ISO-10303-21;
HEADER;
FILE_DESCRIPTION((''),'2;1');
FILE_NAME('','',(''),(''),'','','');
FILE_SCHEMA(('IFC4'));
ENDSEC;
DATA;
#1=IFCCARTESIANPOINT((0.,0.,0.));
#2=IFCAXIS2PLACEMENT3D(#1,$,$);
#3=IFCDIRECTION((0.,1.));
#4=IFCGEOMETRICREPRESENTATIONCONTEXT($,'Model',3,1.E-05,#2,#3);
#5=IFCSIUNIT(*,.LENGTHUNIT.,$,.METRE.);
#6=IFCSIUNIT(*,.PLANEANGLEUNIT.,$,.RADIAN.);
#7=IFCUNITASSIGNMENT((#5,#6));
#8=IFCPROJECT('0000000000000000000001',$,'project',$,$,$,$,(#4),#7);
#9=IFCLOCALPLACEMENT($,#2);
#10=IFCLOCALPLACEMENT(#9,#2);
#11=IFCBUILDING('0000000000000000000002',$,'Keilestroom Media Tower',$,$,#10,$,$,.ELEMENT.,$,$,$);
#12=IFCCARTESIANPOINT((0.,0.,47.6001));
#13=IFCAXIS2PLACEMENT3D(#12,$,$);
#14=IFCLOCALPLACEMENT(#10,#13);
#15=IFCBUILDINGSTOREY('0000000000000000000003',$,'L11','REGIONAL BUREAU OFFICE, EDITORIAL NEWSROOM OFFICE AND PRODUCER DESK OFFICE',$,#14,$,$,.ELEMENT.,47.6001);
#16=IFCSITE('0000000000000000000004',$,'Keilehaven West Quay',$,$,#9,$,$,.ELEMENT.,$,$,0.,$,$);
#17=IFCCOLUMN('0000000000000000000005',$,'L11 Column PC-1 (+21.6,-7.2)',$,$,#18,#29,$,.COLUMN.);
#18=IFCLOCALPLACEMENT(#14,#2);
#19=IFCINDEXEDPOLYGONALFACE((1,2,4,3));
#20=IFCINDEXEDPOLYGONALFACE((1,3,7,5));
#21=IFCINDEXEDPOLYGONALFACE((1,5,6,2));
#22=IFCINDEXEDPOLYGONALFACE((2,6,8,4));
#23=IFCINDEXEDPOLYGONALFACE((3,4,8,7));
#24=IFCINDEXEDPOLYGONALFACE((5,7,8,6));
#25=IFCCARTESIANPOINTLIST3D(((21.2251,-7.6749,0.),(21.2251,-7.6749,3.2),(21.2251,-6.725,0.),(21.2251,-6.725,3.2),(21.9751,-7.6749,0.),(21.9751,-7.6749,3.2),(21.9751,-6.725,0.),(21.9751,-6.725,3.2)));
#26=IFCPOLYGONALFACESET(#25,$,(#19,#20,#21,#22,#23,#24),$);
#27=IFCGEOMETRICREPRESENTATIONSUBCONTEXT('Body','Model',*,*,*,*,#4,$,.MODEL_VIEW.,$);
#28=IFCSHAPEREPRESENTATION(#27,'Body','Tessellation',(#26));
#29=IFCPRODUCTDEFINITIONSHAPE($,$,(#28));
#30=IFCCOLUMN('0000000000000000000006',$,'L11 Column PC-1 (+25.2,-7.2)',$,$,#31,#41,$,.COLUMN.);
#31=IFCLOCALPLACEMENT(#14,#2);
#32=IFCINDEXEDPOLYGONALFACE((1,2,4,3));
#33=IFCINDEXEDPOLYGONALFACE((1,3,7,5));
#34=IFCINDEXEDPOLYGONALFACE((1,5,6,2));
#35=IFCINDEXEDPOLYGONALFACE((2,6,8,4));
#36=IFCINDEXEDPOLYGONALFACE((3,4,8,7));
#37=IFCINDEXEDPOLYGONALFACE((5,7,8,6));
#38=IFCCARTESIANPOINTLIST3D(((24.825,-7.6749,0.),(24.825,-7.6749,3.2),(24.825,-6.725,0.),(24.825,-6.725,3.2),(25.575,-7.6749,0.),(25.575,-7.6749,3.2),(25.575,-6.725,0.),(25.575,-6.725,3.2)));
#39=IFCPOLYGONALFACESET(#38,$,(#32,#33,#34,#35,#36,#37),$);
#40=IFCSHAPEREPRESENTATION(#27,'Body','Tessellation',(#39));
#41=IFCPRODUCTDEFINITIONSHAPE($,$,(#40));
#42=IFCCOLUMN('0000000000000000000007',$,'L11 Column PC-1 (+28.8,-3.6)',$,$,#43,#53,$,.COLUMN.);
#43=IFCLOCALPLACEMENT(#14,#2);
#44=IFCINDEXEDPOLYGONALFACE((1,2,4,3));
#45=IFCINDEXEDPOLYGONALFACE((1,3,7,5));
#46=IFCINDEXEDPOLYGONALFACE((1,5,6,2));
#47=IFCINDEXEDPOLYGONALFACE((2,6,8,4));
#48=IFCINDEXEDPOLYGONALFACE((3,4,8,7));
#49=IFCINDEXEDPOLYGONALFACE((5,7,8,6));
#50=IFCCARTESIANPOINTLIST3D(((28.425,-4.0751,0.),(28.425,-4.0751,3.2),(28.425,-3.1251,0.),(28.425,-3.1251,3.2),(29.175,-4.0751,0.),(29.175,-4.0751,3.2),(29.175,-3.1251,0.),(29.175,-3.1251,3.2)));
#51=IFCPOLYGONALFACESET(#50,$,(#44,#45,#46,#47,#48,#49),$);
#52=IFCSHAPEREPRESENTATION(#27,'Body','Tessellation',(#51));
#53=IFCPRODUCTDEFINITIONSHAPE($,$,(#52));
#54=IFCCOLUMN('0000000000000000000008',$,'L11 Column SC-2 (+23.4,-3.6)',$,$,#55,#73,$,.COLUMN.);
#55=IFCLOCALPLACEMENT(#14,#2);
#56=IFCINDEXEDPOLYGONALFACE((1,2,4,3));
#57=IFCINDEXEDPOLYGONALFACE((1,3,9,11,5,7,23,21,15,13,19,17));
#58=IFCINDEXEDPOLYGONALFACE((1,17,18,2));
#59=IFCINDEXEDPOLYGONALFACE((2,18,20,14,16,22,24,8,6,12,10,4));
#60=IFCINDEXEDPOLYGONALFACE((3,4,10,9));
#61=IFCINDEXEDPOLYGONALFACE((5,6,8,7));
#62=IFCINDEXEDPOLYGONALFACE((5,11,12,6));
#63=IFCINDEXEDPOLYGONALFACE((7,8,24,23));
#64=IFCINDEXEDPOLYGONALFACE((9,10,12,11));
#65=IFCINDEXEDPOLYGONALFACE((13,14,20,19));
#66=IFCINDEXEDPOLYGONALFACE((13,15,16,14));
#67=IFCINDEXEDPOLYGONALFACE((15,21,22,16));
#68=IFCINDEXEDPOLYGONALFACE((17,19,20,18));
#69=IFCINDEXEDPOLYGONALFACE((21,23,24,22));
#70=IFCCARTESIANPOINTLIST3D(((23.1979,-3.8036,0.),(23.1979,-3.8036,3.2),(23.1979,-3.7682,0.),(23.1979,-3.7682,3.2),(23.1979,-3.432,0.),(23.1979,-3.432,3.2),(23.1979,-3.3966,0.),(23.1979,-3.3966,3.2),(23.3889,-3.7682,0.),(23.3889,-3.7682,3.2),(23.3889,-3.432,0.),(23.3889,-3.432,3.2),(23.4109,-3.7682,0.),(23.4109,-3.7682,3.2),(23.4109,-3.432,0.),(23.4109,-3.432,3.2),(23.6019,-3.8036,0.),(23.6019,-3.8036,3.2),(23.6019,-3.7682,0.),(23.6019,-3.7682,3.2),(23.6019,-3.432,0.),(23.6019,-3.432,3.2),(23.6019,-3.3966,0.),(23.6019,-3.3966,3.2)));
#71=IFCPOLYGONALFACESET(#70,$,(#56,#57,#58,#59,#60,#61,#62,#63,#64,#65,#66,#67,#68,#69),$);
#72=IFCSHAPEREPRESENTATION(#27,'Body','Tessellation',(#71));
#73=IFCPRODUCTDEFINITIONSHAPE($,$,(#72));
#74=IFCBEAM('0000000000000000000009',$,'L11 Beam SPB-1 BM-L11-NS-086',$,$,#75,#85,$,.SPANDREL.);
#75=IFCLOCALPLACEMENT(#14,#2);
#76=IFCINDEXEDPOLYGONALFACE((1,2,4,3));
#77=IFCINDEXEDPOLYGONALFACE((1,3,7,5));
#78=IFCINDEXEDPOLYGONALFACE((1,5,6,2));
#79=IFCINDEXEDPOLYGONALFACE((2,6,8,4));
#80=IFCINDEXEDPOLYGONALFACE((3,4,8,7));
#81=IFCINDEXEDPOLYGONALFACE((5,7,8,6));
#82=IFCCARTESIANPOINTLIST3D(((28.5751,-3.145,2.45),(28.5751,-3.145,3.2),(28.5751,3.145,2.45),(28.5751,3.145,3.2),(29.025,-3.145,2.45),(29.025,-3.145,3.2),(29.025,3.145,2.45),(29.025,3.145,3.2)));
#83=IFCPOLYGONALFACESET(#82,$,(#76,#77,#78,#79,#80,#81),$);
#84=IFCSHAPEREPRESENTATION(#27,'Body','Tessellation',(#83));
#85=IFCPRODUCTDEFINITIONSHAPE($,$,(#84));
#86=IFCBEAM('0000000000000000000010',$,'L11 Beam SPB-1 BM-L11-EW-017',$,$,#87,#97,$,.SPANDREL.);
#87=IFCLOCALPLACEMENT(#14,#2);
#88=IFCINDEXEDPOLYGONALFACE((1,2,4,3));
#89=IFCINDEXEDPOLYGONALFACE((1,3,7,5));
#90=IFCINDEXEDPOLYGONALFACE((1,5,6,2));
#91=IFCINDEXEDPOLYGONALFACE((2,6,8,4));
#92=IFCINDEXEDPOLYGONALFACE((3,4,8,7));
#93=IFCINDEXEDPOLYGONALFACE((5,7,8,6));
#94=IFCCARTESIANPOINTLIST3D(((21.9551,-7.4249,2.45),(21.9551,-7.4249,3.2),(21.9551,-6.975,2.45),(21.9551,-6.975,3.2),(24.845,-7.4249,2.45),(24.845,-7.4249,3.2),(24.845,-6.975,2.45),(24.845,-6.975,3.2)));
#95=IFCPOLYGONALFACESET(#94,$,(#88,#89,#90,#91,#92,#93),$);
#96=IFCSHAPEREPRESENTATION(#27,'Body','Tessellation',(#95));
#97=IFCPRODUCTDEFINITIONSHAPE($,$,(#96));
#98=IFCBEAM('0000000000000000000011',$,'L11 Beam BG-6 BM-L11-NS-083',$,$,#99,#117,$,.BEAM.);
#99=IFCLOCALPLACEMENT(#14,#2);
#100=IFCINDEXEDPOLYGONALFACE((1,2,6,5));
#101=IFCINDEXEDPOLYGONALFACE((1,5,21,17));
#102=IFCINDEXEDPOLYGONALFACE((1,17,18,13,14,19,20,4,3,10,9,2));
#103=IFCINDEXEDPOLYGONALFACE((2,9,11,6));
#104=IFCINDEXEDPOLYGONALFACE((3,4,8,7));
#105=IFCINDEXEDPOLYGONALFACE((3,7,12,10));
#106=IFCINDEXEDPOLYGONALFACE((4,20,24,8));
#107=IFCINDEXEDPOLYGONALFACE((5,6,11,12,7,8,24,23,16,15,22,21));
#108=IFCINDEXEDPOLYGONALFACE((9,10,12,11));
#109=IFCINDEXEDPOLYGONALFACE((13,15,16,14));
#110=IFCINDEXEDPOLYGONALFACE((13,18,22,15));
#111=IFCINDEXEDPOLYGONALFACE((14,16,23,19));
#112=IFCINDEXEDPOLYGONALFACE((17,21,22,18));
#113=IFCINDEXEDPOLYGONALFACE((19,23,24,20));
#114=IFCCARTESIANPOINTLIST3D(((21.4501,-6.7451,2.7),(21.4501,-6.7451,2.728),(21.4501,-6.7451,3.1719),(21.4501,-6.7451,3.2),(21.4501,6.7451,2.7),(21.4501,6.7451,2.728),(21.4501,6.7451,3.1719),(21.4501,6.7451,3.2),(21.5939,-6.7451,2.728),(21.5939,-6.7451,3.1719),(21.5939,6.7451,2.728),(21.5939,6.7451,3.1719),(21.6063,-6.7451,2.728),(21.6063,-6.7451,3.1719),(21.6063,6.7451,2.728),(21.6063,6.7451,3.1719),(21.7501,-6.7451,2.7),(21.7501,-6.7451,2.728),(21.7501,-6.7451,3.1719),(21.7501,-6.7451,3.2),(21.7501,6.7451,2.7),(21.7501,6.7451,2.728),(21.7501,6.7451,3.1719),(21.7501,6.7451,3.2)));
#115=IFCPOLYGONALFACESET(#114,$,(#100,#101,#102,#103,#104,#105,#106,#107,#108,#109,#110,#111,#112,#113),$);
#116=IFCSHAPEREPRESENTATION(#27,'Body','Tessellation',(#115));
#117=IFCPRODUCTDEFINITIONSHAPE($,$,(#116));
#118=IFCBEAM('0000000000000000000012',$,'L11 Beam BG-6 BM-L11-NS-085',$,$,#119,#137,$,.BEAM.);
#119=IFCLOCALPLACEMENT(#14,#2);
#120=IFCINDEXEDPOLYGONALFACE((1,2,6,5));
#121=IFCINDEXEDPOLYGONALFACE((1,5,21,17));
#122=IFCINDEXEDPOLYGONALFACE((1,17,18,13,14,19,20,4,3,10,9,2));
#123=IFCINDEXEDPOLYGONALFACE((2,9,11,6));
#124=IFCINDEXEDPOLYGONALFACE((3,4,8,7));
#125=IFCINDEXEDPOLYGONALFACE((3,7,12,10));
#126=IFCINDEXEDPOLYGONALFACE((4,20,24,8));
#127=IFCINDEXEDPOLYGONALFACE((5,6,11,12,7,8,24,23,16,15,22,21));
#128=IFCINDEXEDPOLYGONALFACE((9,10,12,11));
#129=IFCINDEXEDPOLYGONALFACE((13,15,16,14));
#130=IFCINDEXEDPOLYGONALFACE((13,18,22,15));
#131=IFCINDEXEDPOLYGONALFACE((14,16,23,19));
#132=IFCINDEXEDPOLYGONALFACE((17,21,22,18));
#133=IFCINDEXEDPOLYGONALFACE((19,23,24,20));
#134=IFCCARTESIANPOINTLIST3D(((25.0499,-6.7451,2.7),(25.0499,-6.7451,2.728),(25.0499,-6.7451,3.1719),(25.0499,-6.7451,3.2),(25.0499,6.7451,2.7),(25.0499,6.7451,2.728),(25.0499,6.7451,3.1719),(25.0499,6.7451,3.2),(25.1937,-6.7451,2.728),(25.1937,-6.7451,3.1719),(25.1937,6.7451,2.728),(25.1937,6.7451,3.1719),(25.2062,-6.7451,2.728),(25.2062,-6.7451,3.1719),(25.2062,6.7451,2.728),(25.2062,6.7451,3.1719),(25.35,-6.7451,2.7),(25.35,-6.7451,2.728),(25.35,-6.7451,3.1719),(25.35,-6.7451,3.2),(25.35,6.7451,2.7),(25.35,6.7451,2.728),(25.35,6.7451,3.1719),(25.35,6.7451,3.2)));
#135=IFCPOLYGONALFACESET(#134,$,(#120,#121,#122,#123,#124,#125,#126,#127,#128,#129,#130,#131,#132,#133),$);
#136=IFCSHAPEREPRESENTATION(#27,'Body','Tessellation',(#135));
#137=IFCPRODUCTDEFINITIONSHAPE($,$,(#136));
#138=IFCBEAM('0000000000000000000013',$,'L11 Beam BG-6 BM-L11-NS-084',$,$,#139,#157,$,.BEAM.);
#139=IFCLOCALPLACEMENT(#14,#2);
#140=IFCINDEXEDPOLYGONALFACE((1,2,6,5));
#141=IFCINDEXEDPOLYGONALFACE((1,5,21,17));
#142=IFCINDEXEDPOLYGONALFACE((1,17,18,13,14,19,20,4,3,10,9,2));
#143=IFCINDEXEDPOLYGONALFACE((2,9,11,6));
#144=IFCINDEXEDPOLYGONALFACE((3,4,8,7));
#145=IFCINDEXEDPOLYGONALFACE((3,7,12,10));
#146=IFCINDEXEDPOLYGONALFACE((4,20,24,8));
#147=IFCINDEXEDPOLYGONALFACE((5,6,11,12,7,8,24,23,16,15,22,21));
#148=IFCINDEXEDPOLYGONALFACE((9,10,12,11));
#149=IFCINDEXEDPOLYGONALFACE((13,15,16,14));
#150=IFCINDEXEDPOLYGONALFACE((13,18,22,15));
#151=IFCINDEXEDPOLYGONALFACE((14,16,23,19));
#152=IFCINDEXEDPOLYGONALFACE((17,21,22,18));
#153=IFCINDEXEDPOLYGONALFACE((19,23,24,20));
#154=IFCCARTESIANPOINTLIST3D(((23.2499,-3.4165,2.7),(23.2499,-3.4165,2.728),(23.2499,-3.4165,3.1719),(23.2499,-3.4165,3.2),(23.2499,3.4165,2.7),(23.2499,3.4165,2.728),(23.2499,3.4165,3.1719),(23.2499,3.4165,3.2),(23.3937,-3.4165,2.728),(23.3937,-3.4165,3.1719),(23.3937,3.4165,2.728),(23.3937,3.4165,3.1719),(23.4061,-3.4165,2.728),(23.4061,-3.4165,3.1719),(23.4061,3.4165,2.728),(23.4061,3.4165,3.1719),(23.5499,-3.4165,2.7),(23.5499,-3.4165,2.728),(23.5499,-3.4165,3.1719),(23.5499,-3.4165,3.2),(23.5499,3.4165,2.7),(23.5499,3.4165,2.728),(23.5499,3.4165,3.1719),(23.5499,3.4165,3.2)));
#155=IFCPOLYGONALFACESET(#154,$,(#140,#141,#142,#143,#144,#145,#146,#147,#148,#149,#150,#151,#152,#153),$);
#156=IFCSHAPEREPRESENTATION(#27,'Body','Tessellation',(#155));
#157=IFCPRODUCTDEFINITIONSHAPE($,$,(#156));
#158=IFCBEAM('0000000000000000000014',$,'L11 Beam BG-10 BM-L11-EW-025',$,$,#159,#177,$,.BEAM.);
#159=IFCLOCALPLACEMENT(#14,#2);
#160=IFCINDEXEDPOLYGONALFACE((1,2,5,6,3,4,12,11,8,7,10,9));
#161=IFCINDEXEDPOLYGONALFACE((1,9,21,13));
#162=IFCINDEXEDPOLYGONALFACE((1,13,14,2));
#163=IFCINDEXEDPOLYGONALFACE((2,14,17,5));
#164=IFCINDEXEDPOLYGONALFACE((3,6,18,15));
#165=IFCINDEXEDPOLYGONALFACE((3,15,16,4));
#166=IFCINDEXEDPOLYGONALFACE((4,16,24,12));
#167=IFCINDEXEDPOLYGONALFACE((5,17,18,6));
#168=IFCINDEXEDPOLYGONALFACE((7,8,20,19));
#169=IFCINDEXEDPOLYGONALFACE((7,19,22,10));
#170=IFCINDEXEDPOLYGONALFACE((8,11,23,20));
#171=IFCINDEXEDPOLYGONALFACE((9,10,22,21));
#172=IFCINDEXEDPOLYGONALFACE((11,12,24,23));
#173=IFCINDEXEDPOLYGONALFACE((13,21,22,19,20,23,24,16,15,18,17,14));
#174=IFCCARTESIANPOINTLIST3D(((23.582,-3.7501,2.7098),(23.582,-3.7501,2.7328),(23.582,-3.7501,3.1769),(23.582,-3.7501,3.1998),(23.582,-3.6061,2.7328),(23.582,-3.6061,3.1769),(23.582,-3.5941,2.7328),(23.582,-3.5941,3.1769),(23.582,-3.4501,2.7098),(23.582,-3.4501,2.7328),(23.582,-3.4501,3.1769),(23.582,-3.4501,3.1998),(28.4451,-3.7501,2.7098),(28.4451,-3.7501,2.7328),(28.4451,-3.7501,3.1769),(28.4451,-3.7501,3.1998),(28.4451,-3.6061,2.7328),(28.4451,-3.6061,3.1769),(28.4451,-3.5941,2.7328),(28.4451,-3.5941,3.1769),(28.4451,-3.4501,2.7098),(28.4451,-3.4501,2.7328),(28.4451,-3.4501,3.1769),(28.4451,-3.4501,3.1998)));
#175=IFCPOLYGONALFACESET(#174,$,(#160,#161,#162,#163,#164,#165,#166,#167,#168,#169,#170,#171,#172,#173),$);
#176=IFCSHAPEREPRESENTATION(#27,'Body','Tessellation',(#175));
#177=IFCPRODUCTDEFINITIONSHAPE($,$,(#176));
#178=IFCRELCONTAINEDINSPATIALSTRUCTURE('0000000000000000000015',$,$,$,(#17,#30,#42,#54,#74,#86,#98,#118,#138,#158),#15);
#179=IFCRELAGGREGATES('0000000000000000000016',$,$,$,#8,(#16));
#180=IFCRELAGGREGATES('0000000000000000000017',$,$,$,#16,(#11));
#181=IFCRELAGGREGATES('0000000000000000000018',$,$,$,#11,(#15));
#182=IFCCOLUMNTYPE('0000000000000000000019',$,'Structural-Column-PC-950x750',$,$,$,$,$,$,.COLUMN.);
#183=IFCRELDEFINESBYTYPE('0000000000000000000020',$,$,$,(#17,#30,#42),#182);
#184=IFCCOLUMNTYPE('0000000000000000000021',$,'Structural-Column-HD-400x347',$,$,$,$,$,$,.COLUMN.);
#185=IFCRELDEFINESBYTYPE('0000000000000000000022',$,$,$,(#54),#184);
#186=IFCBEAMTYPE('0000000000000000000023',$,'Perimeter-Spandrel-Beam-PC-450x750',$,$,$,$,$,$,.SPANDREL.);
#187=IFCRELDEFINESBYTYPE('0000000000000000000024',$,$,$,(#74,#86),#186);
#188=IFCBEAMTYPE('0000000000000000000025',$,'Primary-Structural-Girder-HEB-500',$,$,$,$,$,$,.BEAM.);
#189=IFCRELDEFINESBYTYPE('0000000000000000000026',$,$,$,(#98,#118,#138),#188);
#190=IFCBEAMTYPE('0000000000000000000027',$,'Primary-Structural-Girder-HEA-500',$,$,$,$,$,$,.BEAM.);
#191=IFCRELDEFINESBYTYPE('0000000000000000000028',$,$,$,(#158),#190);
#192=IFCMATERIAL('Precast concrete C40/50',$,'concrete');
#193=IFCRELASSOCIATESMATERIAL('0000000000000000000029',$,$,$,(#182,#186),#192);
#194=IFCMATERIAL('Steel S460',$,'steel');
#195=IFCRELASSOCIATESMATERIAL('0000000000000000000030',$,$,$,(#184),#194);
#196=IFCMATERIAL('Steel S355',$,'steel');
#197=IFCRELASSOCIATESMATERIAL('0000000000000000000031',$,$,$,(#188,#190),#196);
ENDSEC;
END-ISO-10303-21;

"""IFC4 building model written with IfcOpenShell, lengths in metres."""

from ifc_helpers import new_model, si_unit, direction, frame, origin, origin_2d, place, context, subcontext, project, spatial, rectangle, i_section, extrude, source, transform, mapped, material, material_profile, profile_set, type_object, element, save


model = new_model("IFC4")

# Units and contexts
model_context = context("Model", 3, precision=1e-05, world=origin(), true_north=direction((0.0, 1.0)))
body_context = subcontext(model_context, "Body", "Model", "MODEL_VIEW")
ifc_project = project(units=[si_unit("LENGTHUNIT", "METRE"), si_unit("PLANEANGLEUNIT", "RADIAN")], contexts=[model_context])

# Site, building, storey
site_placement = place(None, origin())
site = spatial("IfcSite", under=ifc_project, at=site_placement, Name="Keilehaven West Quay", CompositionType="ELEMENT", RefElevation=0.0)
building_placement = place(site_placement, origin())
building = spatial("IfcBuilding", under=site, at=building_placement, Name="Keilestroom Media Tower", CompositionType="ELEMENT")
storey_placement = place(building_placement, frame((0.0, 0.0, 47.6001)))
storey = spatial("IfcBuildingStorey", under=building, at=storey_placement, Name="L11", Description="REGIONAL BUREAU OFFICE, EDITORIAL NEWSROOM OFFICE AND PRODUCER DESK OFFICE", CompositionType="ELEMENT", Elevation=47.6001)

# Columns
ifc_material_1 = material(Name="Precast concrete C40/50", Category="concrete")
ifc_material_profile_1 = material_profile(ifc_material_1, rectangle(XDim=0.75, YDim=0.95, at=origin_2d()), Name="PC 950x750")
ifc_profile_set_1 = profile_set([ifc_material_profile_1], Name="Precast concrete C40/50")
column_type_1 = type_object("IfcColumnType", Name="Structural-Column-PC-950x750", PredefinedType="COLUMN", material=ifc_profile_set_1)
shared_shape_1 = source(origin(), body_context, "Body", "SweptSolid", [
    extrude(rectangle(XDim=0.75, YDim=0.95, at=origin_2d()), origin(), (0.0, 0.0, 1.0), 3.2),
])
for number, where, z_axis, x_axis, name in (
    (1, (21.6001, -7.2, 0.0), (0.0, 0.0, 1.0), (1.0, 0.0, 0.0), "L11 Column PC-1 (+21.6,-7.2)"),
    (2, (25.2, -7.2, 0.0), (0.0, 0.0, 1.0), (1.0, 0.0, 0.0), "L11 Column PC-1 (+25.2,-7.2)"),
    (3, (28.8, -3.6001, 0.0), (0.0, 0.0, 1.0), (1.0, 0.0, 0.0), "L11 Column PC-1 (+28.8,-3.6)"),
):
    element("IfcColumn", number, at=place(storey_placement, frame(where, z_axis=z_axis, x_axis=x_axis)), inside=storey, type_object=column_type_1, Name=name, PredefinedType="COLUMN", context=body_context, shape_type="MappedRepresentation", body=[
        mapped(shared_shape_1, transform((0.0, 0.0, 0.0), x_axis=(1.0, 0.0, 0.0), y_axis=(0.0, 1.0, 0.0), z_axis=(0.0, 0.0, 1.0), scale=1.0)),
    ])
ifc_material_2 = material(Name="Steel S460", Category="steel")
ifc_material_profile_2 = material_profile(ifc_material_2, i_section(OverallWidth=0.4041, OverallDepth=0.407, WebThickness=0.022, FlangeThickness=0.0354, at=origin_2d()), Name="HD 400x347")
ifc_profile_set_2 = profile_set([ifc_material_profile_2], Name="Steel S460")
column_type_2 = type_object("IfcColumnType", Name="Structural-Column-HD-400x347", PredefinedType="COLUMN", material=ifc_profile_set_2)
shared_shape_2 = source(origin(), body_context, "Body", "SweptSolid", [
    extrude(i_section(OverallWidth=0.4041, OverallDepth=0.407, WebThickness=0.022, FlangeThickness=0.0354, at=origin_2d()), origin(), (0.0, 0.0, 1.0), 3.2),
])
column_placement = place(storey_placement, frame((23.3999, -3.6001, 0.0), z_axis=(0.0, 0.0, 1.0), x_axis=(1.0, 0.0, 0.0)))
element("IfcColumn", 4, at=column_placement, inside=storey, type_object=column_type_2, Name="L11 Column SC-2 (+23.4,-3.6)", PredefinedType="COLUMN", context=body_context, shape_type="MappedRepresentation", body=[
    mapped(shared_shape_2, transform((0.0, 0.0, 0.0), x_axis=(1.0, 0.0, 0.0), y_axis=(0.0, 1.0, 0.0), z_axis=(0.0, 0.0, 1.0), scale=1.0)),
])

# Beams
ifc_material_profile_3 = material_profile(ifc_material_1, rectangle(XDim=0.45, YDim=0.75, at=origin_2d()), Name="PC 450x750")
ifc_profile_set_3 = profile_set([ifc_material_profile_3], Name="Precast concrete C40/50")
beam_type_1 = type_object("IfcBeamType", Name="Perimeter-Spandrel-Beam-PC-450x750", PredefinedType="SPANDREL", material=ifc_profile_set_3)
shared_shape_3 = source(origin(), body_context, "Body", "SweptSolid", [
    extrude(rectangle(XDim=0.45, YDim=0.75, at=origin_2d()), origin(), (0.0, 0.0, 1.0), 6.29),
])
beam_1_placement = place(storey_placement, frame((28.8, -3.145, 2.825), z_axis=(0.0, 1.0, 0.0), x_axis=(-1.0, 0.0, 0.0)))
element("IfcBeam", 5, at=beam_1_placement, inside=storey, type_object=beam_type_1, Name="L11 Beam SPB-1 BM-L11-NS-086", PredefinedType="SPANDREL", context=body_context, shape_type="MappedRepresentation", body=[
    mapped(shared_shape_3, transform((0.0, 0.0, 0.0), x_axis=(1.0, 0.0, 0.0), y_axis=(0.0, 1.0, 0.0), z_axis=(0.0, 0.0, 1.0), scale=1.0)),
])
shared_shape_4 = source(origin(), body_context, "Body", "SweptSolid", [
    extrude(rectangle(XDim=0.45, YDim=0.75, at=origin_2d()), origin(), (0.0, 0.0, 1.0), 2.8899),
])
beam_2_placement = place(storey_placement, frame((21.9551, -7.2, 2.825), z_axis=(1.0, 0.0, 0.0), x_axis=(0.0, 1.0, 0.0)))
element("IfcBeam", 6, at=beam_2_placement, inside=storey, type_object=beam_type_1, Name="L11 Beam SPB-1 BM-L11-EW-017", PredefinedType="SPANDREL", context=body_context, shape_type="MappedRepresentation", body=[
    mapped(shared_shape_4, transform((0.0, 0.0, 0.0), x_axis=(1.0, 0.0, 0.0), y_axis=(0.0, 1.0, 0.0), z_axis=(0.0, 0.0, 1.0), scale=1.0)),
])
ifc_material_3 = material(Name="Steel S355", Category="steel")
ifc_material_profile_4 = material_profile(ifc_material_3, i_section(OverallWidth=0.3, OverallDepth=0.5, WebThickness=0.0125, FlangeThickness=0.0281, at=origin_2d()), Name="HEB 500")
ifc_profile_set_4 = profile_set([ifc_material_profile_4], Name="Steel S355")
beam_type_2 = type_object("IfcBeamType", Name="Primary-Structural-Girder-HEB-500", PredefinedType="BEAM", material=ifc_profile_set_4)
shared_shape_5 = source(origin(), body_context, "Body", "SweptSolid", [
    extrude(i_section(OverallWidth=0.3, OverallDepth=0.5, WebThickness=0.0125, FlangeThickness=0.0281, at=origin_2d()), origin(), (0.0, 0.0, 1.0), 13.4902),
])
for number, where, z_axis, x_axis, name in (
    (7, (21.6001, -6.7451, 2.95), (0.0, 1.0, 0.0), (-1.0, 0.0, 0.0), "L11 Beam BG-6 BM-L11-NS-083"),
    (8, (25.2, -6.7451, 2.95), (0.0, 1.0, 0.0), (-1.0, 0.0, 0.0), "L11 Beam BG-6 BM-L11-NS-085"),
):
    element("IfcBeam", number, at=place(storey_placement, frame(where, z_axis=z_axis, x_axis=x_axis)), inside=storey, type_object=beam_type_2, Name=name, PredefinedType="BEAM", context=body_context, shape_type="MappedRepresentation", body=[
        mapped(shared_shape_5, transform((0.0, 0.0, 0.0), x_axis=(1.0, 0.0, 0.0), y_axis=(0.0, 1.0, 0.0), z_axis=(0.0, 0.0, 1.0), scale=1.0)),
    ])
shared_shape_6 = source(origin(), body_context, "Body", "SweptSolid", [
    extrude(i_section(OverallWidth=0.3, OverallDepth=0.5, WebThickness=0.0125, FlangeThickness=0.0281, at=origin_2d()), origin(), (0.0, 0.0, 1.0), 6.833),
])
beam_3_placement = place(storey_placement, frame((23.3999, -3.4165, 2.95), z_axis=(0.0, 1.0, 0.0), x_axis=(-1.0, 0.0, 0.0)))
element("IfcBeam", 9, at=beam_3_placement, inside=storey, type_object=beam_type_2, Name="L11 Beam BG-6 BM-L11-NS-084", PredefinedType="BEAM", context=body_context, shape_type="MappedRepresentation", body=[
    mapped(shared_shape_6, transform((0.0, 0.0, 0.0), x_axis=(1.0, 0.0, 0.0), y_axis=(0.0, 1.0, 0.0), z_axis=(0.0, 0.0, 1.0), scale=1.0)),
])
ifc_material_profile_5 = material_profile(ifc_material_3, i_section(OverallWidth=0.3, OverallDepth=0.49, WebThickness=0.012, FlangeThickness=0.0229, at=origin_2d()), Name="HEA 500")
ifc_profile_set_5 = profile_set([ifc_material_profile_5], Name="Steel S355")
beam_type_3 = type_object("IfcBeamType", Name="Primary-Structural-Girder-HEA-500", PredefinedType="BEAM", material=ifc_profile_set_5)
shared_shape_7 = source(origin(), body_context, "Body", "SweptSolid", [
    extrude(i_section(OverallWidth=0.3, OverallDepth=0.49, WebThickness=0.012, FlangeThickness=0.0229, at=origin_2d()), origin(), (0.0, 0.0, 1.0), 4.863),
])
beam_4_placement = place(storey_placement, frame((23.582, -3.6001, 2.9548), z_axis=(1.0, 0.0, 0.0), x_axis=(0.0, 1.0, 0.0)))
element("IfcBeam", 10, at=beam_4_placement, inside=storey, type_object=beam_type_3, Name="L11 Beam BG-10 BM-L11-EW-025", PredefinedType="BEAM", context=body_context, shape_type="MappedRepresentation", body=[
    mapped(shared_shape_7, transform((0.0, 0.0, 0.0), x_axis=(1.0, 0.0, 0.0), y_axis=(0.0, 1.0, 0.0), z_axis=(0.0, 0.0, 1.0), scale=1.0)),
])

save(model, "model.ifc")
